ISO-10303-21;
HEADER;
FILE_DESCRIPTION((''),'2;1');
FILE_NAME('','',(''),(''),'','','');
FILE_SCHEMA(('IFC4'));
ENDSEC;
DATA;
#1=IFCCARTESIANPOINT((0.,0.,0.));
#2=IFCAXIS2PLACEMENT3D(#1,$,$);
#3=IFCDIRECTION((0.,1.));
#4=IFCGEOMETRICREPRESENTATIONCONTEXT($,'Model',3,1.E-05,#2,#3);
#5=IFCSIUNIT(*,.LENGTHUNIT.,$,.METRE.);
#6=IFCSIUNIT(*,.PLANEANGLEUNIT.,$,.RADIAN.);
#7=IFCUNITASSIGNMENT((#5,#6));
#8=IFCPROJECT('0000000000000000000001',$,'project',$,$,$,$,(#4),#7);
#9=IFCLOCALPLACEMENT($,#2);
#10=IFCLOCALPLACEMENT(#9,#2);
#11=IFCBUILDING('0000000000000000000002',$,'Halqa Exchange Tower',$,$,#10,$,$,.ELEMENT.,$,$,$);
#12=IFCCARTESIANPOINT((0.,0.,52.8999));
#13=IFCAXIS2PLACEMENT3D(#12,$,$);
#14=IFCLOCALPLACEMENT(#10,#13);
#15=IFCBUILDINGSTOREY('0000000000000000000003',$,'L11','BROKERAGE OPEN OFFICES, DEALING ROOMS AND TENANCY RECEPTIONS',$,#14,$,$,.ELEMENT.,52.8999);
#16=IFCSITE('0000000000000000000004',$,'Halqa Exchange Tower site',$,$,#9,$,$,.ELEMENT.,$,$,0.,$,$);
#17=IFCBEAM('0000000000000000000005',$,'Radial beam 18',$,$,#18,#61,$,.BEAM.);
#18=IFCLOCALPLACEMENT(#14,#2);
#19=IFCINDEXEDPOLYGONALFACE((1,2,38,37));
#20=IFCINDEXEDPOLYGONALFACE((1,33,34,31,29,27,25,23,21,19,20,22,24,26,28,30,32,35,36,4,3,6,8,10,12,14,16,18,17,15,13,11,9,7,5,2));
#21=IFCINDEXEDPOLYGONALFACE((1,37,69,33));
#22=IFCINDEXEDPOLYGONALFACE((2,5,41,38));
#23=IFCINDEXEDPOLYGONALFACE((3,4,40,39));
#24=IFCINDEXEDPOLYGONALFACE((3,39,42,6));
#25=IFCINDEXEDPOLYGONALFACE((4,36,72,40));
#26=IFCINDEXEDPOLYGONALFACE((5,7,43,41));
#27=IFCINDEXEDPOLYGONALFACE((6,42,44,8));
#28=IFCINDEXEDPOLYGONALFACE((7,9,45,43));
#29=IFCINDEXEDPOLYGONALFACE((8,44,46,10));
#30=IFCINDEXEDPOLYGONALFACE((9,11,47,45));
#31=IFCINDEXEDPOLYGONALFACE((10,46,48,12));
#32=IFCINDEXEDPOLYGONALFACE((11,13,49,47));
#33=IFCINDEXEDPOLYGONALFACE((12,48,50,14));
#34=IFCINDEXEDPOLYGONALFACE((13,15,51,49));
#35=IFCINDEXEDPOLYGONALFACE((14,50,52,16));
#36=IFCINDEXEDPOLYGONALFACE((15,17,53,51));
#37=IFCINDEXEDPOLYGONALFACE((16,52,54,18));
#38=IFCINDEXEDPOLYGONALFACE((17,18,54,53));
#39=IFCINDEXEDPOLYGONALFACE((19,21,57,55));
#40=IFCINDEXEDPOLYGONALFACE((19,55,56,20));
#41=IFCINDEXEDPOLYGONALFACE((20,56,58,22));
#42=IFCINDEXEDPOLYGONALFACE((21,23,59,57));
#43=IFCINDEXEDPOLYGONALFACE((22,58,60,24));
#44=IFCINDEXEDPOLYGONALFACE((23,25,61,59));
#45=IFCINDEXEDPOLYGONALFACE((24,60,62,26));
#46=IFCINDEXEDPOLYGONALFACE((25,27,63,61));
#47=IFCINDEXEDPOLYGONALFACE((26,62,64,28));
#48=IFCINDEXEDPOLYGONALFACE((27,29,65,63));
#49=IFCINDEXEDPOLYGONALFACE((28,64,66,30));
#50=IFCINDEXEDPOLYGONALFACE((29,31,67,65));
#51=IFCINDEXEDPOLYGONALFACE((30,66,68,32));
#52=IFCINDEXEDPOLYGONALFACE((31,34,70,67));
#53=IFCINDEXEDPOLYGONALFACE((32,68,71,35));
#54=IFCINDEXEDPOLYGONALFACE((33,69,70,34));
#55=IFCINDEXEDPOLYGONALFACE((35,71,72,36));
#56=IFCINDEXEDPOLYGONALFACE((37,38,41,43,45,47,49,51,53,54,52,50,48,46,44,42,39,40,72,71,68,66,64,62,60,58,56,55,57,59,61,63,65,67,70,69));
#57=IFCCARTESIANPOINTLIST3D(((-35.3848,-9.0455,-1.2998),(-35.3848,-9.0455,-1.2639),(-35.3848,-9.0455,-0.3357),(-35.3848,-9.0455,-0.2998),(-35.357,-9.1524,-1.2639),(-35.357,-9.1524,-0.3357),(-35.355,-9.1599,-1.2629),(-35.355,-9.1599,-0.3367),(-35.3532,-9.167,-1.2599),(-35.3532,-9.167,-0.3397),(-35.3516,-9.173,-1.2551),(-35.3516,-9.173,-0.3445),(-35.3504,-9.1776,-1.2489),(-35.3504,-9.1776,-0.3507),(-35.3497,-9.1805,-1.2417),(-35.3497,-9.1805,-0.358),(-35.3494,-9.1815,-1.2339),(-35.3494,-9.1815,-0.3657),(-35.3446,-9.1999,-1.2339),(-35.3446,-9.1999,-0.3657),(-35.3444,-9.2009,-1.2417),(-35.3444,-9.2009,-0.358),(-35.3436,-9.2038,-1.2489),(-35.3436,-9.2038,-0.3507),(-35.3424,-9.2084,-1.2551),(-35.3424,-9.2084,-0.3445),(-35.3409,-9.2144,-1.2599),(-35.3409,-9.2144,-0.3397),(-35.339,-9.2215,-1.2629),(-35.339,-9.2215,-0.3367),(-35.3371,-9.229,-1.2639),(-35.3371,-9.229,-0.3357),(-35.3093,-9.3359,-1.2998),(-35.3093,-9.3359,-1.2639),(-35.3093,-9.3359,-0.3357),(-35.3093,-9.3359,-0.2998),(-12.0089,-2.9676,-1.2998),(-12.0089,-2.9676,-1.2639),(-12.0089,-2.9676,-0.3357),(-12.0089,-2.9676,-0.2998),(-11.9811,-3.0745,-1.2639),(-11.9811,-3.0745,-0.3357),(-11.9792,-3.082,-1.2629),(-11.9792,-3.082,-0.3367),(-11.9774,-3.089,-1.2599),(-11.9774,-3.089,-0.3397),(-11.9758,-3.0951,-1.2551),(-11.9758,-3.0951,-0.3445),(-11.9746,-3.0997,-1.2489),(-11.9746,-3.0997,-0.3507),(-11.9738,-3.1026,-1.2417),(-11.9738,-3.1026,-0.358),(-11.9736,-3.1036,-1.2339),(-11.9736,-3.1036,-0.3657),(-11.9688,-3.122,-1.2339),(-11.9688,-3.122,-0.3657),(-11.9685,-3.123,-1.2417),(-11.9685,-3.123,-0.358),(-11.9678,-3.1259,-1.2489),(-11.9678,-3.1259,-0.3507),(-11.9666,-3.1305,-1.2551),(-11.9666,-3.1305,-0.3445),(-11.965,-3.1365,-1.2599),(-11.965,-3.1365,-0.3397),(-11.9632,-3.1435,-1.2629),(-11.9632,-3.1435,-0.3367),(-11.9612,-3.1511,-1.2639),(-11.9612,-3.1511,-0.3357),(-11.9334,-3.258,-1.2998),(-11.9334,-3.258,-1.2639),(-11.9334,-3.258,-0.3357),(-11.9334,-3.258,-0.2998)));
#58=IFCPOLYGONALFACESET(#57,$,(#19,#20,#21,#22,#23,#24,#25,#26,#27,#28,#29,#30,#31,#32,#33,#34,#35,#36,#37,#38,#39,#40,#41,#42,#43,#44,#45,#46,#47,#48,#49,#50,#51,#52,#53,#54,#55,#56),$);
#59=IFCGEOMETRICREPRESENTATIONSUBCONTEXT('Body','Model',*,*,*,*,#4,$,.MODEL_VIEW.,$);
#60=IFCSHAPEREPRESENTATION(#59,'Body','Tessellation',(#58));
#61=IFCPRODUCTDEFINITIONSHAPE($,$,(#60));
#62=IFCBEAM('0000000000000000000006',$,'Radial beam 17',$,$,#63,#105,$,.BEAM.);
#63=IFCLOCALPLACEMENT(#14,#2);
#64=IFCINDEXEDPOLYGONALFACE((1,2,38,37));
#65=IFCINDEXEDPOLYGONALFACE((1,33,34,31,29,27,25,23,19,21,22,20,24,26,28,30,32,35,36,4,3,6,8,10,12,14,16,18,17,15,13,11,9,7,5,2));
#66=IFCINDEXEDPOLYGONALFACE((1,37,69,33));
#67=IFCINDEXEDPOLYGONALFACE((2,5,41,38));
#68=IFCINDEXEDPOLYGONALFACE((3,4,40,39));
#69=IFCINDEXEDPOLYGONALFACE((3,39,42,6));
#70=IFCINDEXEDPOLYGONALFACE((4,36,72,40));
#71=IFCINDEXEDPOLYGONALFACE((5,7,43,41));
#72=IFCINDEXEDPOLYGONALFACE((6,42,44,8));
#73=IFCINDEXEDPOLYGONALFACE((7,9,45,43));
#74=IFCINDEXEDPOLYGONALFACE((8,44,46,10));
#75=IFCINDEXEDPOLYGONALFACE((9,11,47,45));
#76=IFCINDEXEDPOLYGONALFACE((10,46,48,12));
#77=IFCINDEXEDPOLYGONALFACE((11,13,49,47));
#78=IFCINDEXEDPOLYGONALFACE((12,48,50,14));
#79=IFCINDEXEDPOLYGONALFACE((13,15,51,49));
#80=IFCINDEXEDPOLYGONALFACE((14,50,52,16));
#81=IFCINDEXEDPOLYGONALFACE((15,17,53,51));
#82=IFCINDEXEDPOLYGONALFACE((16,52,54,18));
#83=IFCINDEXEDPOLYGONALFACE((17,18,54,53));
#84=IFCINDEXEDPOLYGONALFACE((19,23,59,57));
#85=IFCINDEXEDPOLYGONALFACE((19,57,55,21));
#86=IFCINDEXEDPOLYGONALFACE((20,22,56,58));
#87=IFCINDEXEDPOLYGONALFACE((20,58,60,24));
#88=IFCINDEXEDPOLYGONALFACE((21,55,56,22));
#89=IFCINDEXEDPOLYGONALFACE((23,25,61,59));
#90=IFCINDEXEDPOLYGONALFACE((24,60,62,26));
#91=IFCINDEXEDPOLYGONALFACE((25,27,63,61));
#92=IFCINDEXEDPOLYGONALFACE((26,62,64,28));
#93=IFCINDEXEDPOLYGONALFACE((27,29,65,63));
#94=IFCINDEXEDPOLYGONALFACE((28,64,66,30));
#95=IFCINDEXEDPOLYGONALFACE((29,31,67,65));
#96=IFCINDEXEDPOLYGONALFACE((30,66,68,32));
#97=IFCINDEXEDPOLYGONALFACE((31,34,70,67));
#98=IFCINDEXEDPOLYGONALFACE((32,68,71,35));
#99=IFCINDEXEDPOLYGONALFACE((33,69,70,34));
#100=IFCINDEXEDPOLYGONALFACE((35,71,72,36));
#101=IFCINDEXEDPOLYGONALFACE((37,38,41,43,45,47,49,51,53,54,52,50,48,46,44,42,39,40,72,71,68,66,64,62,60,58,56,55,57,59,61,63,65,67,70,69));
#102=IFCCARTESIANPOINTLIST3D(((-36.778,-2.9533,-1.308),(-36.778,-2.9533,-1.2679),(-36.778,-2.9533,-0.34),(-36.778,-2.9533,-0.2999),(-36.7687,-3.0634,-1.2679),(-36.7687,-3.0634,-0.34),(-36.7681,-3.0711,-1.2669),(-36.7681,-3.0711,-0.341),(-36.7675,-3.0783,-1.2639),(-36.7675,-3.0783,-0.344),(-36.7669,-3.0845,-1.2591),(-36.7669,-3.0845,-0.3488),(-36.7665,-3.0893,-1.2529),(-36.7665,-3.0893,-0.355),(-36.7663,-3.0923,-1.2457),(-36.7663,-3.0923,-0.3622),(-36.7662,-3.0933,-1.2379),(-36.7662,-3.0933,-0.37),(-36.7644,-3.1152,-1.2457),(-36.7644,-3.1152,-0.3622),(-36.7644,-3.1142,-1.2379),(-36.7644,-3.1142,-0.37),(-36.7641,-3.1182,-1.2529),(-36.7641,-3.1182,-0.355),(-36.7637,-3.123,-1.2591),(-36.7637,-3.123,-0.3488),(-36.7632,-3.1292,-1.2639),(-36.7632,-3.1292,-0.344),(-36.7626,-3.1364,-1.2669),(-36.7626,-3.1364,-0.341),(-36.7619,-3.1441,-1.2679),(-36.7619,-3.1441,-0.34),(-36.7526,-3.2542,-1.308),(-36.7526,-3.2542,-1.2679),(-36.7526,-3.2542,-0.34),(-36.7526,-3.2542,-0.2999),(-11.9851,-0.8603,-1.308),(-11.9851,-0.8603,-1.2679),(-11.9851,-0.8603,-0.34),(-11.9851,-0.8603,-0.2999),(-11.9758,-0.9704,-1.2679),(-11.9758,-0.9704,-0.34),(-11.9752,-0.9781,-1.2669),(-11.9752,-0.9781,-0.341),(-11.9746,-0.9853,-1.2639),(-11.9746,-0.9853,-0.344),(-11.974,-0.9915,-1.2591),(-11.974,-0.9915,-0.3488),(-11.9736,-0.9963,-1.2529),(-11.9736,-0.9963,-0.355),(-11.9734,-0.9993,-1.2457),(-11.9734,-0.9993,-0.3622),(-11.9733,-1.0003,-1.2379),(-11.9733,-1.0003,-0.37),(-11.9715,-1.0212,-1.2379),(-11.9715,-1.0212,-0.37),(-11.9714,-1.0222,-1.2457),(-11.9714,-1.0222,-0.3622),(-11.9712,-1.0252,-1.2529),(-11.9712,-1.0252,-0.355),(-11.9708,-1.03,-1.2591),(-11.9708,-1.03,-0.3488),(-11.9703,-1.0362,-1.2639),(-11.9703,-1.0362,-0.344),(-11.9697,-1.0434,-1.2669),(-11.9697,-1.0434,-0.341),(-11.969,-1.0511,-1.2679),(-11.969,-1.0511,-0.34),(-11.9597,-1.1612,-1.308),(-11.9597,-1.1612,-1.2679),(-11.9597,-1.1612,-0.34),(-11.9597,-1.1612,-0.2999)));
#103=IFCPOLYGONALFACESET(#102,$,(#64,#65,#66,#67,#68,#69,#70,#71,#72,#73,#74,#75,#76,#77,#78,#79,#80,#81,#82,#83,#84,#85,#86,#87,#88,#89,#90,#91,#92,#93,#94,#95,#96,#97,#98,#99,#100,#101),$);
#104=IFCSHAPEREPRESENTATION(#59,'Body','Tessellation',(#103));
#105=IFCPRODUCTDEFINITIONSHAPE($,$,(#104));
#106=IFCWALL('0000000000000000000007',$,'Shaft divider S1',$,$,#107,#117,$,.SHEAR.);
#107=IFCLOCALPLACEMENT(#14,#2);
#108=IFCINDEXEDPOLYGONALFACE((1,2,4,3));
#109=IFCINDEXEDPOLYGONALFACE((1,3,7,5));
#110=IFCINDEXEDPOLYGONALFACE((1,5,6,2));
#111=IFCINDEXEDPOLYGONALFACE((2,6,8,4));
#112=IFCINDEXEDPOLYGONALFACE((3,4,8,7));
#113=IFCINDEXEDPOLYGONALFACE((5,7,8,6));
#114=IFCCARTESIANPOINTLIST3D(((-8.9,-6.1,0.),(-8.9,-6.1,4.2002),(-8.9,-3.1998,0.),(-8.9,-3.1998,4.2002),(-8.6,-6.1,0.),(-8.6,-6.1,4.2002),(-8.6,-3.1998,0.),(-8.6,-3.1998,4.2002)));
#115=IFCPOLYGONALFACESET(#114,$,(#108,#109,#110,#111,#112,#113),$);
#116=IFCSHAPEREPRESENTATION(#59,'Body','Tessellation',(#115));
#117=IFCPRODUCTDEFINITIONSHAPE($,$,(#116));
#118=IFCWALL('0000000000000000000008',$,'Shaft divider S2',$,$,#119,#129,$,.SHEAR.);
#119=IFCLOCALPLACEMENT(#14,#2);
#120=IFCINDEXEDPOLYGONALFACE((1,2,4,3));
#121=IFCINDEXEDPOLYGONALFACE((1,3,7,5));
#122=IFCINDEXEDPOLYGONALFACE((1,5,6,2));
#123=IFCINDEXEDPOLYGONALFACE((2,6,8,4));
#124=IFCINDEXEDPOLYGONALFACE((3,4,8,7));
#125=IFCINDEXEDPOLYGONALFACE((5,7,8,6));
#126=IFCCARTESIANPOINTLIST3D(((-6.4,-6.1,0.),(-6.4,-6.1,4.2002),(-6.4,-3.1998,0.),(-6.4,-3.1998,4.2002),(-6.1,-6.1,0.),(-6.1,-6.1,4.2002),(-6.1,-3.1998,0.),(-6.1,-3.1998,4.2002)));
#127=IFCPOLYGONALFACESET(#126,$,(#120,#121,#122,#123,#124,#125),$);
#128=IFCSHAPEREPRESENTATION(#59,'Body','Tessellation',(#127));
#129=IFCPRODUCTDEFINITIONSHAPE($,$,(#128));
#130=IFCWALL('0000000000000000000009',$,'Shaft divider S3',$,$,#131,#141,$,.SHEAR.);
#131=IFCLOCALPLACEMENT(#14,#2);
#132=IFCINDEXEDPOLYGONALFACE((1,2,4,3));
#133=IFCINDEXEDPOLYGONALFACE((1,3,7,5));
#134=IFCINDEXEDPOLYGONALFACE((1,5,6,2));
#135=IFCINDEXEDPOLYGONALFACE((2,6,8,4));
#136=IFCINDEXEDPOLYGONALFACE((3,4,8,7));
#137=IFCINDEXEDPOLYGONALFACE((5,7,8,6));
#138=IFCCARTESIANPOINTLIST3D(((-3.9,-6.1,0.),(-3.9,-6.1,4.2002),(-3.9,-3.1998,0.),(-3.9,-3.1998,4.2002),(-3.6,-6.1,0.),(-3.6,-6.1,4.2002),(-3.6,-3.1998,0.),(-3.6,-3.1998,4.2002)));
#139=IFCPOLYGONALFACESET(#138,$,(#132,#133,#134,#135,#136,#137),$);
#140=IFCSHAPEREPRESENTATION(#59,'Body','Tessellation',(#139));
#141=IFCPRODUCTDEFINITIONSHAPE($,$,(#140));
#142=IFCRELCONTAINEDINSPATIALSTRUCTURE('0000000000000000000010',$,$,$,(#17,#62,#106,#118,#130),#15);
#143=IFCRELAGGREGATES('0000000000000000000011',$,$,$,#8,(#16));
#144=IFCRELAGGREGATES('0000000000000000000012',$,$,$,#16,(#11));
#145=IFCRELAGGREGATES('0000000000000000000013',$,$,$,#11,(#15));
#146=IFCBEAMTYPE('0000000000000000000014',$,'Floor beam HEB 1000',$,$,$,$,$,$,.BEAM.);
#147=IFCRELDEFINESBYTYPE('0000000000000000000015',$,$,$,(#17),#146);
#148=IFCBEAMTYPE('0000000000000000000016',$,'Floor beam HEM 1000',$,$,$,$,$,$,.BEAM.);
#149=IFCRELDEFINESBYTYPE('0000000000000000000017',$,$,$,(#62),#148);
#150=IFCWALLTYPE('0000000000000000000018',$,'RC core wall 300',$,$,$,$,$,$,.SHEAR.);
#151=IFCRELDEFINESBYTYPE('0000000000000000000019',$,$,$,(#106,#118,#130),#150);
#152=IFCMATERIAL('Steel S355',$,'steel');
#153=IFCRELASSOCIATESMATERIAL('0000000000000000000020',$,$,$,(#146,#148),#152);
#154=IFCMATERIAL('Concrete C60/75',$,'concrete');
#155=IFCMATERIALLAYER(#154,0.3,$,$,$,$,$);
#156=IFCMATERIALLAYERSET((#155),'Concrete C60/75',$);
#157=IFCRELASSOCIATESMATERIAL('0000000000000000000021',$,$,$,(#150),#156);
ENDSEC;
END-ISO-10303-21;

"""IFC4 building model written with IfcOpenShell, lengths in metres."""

from ifc_helpers import new_model, si_unit, direction, frame, frame_2d, origin, origin_2d, place, context, subcontext, project, spatial, rectangle, i_section, extrude, material, layer, layer_set, material_profile, profile_set, type_object, element, save


model = new_model("IFC4")

# Units and contexts
model_context = context("Model", 3, precision=1e-05, world=origin(), true_north=direction((0.0, 1.0)))
body_context = subcontext(model_context, "Body", "Model", "MODEL_VIEW")
ifc_project = project(units=[si_unit("LENGTHUNIT", "METRE"), si_unit("PLANEANGLEUNIT", "RADIAN")], contexts=[model_context])

# Site, building, storey
site_placement = place(None, origin())
site = spatial("IfcSite", under=ifc_project, at=site_placement, Name="Halqa Exchange Tower site", CompositionType="ELEMENT", RefElevation=0.0)
building_placement = place(site_placement, origin())
building = spatial("IfcBuilding", under=site, at=building_placement, Name="Halqa Exchange Tower", CompositionType="ELEMENT")
storey_placement = place(building_placement, frame((0.0, 0.0, 52.8999)))
storey = spatial("IfcBuildingStorey", under=building, at=storey_placement, Name="L11", Description="BROKERAGE OPEN OFFICES, DEALING ROOMS AND TENANCY RECEPTIONS", CompositionType="ELEMENT", Elevation=52.8999)

# Beams
ifc_material_1 = material(Name="Steel S355", Category="steel")
ifc_material_profile_1 = material_profile(ifc_material_1, i_section(OverallWidth=0.3, OverallDepth=1.0, WebThickness=0.019, FlangeThickness=0.0359, FilletRadius=0.03, at=origin_2d()), Name="HEB 1000")
ifc_profile_set_1 = profile_set([ifc_material_profile_1], Name="Steel S355")
beam_type_1 = type_object("IfcBeamType", Name="Floor beam HEB 1000", PredefinedType="BEAM", material=ifc_profile_set_1)
beam_1_placement = place(storey_placement, frame((-11.9712, -3.1128, -0.7998), z_axis=(-0.967821, -0.251641, 0.0), x_axis=(0.251641, -0.967821, 0.0)))
element("IfcBeam", 1, at=beam_1_placement, inside=storey, type_object=beam_type_1, Name="Radial beam 18", PredefinedType="BEAM", context=body_context, shape_type="SweptSolid", body=[
    extrude(i_section(OverallWidth=0.3, OverallDepth=1.0, WebThickness=0.019, FlangeThickness=0.0359, FilletRadius=0.03, at=origin_2d()), origin(), (0.0, 0.0, 1.0), 24.1531),
])
ifc_material_profile_2 = material_profile(ifc_material_1, i_section(OverallWidth=0.302, OverallDepth=1.0081, WebThickness=0.021, FlangeThickness=0.04, FilletRadius=0.03, at=origin_2d()), Name="HEM 1000")
ifc_profile_set_2 = profile_set([ifc_material_profile_2], Name="Steel S355")
beam_type_2 = type_object("IfcBeamType", Name="Floor beam HEM 1000", PredefinedType="BEAM", material=ifc_profile_set_2)
beam_2_placement = place(storey_placement, frame((-11.9724, -1.0107, -0.804), z_axis=(-0.996456, -0.084121, 0.0), x_axis=(0.084121, -0.996456, 0.0)))
element("IfcBeam", 2, at=beam_2_placement, inside=storey, type_object=beam_type_2, Name="Radial beam 17", PredefinedType="BEAM", context=body_context, shape_type="SweptSolid", body=[
    extrude(i_section(OverallWidth=0.302, OverallDepth=1.0081, WebThickness=0.021, FlangeThickness=0.04, FilletRadius=0.03, at=origin_2d()), origin(), (0.0, 0.0, 1.0), 24.8811),
])

# Walls
ifc_material_2 = material(Name="Concrete C60/75", Category="concrete")
ifc_layer_1 = layer(ifc_material_2, 0.3)
ifc_layer_set_1 = layer_set([ifc_layer_1], Name="Concrete C60/75")
wall_type_1 = type_object("IfcWallType", Name="RC core wall 300", PredefinedType="SHEAR", material=ifc_layer_set_1)
for number, where, z_axis, x_axis, name in (
    (3, (-8.75, -6.1001, 0.0), (0.0, 0.0, 1.0), (0.0, 1.0, 0.0), "Shaft divider S1"),
    (4, (-6.25, -6.1001, 0.0), (0.0, 0.0, 1.0), (0.0, 1.0, 0.0), "Shaft divider S2"),
    (5, (-3.75, -6.1001, 0.0), (0.0, 0.0, 1.0), (0.0, 1.0, 0.0), "Shaft divider S3"),
):
    element("IfcWall", number, at=place(storey_placement, frame(where, z_axis=z_axis, x_axis=x_axis)), inside=storey, type_object=wall_type_1, Name=name, PredefinedType="SHEAR", context=body_context, shape_type="SweptSolid", body=[
        extrude(rectangle(XDim=2.9001, YDim=0.3, at=frame_2d((1.4502, 0.0))), origin(), (0.0, 0.0, 1.0), 4.2002),
    ])

save(model, "model.ifc")
